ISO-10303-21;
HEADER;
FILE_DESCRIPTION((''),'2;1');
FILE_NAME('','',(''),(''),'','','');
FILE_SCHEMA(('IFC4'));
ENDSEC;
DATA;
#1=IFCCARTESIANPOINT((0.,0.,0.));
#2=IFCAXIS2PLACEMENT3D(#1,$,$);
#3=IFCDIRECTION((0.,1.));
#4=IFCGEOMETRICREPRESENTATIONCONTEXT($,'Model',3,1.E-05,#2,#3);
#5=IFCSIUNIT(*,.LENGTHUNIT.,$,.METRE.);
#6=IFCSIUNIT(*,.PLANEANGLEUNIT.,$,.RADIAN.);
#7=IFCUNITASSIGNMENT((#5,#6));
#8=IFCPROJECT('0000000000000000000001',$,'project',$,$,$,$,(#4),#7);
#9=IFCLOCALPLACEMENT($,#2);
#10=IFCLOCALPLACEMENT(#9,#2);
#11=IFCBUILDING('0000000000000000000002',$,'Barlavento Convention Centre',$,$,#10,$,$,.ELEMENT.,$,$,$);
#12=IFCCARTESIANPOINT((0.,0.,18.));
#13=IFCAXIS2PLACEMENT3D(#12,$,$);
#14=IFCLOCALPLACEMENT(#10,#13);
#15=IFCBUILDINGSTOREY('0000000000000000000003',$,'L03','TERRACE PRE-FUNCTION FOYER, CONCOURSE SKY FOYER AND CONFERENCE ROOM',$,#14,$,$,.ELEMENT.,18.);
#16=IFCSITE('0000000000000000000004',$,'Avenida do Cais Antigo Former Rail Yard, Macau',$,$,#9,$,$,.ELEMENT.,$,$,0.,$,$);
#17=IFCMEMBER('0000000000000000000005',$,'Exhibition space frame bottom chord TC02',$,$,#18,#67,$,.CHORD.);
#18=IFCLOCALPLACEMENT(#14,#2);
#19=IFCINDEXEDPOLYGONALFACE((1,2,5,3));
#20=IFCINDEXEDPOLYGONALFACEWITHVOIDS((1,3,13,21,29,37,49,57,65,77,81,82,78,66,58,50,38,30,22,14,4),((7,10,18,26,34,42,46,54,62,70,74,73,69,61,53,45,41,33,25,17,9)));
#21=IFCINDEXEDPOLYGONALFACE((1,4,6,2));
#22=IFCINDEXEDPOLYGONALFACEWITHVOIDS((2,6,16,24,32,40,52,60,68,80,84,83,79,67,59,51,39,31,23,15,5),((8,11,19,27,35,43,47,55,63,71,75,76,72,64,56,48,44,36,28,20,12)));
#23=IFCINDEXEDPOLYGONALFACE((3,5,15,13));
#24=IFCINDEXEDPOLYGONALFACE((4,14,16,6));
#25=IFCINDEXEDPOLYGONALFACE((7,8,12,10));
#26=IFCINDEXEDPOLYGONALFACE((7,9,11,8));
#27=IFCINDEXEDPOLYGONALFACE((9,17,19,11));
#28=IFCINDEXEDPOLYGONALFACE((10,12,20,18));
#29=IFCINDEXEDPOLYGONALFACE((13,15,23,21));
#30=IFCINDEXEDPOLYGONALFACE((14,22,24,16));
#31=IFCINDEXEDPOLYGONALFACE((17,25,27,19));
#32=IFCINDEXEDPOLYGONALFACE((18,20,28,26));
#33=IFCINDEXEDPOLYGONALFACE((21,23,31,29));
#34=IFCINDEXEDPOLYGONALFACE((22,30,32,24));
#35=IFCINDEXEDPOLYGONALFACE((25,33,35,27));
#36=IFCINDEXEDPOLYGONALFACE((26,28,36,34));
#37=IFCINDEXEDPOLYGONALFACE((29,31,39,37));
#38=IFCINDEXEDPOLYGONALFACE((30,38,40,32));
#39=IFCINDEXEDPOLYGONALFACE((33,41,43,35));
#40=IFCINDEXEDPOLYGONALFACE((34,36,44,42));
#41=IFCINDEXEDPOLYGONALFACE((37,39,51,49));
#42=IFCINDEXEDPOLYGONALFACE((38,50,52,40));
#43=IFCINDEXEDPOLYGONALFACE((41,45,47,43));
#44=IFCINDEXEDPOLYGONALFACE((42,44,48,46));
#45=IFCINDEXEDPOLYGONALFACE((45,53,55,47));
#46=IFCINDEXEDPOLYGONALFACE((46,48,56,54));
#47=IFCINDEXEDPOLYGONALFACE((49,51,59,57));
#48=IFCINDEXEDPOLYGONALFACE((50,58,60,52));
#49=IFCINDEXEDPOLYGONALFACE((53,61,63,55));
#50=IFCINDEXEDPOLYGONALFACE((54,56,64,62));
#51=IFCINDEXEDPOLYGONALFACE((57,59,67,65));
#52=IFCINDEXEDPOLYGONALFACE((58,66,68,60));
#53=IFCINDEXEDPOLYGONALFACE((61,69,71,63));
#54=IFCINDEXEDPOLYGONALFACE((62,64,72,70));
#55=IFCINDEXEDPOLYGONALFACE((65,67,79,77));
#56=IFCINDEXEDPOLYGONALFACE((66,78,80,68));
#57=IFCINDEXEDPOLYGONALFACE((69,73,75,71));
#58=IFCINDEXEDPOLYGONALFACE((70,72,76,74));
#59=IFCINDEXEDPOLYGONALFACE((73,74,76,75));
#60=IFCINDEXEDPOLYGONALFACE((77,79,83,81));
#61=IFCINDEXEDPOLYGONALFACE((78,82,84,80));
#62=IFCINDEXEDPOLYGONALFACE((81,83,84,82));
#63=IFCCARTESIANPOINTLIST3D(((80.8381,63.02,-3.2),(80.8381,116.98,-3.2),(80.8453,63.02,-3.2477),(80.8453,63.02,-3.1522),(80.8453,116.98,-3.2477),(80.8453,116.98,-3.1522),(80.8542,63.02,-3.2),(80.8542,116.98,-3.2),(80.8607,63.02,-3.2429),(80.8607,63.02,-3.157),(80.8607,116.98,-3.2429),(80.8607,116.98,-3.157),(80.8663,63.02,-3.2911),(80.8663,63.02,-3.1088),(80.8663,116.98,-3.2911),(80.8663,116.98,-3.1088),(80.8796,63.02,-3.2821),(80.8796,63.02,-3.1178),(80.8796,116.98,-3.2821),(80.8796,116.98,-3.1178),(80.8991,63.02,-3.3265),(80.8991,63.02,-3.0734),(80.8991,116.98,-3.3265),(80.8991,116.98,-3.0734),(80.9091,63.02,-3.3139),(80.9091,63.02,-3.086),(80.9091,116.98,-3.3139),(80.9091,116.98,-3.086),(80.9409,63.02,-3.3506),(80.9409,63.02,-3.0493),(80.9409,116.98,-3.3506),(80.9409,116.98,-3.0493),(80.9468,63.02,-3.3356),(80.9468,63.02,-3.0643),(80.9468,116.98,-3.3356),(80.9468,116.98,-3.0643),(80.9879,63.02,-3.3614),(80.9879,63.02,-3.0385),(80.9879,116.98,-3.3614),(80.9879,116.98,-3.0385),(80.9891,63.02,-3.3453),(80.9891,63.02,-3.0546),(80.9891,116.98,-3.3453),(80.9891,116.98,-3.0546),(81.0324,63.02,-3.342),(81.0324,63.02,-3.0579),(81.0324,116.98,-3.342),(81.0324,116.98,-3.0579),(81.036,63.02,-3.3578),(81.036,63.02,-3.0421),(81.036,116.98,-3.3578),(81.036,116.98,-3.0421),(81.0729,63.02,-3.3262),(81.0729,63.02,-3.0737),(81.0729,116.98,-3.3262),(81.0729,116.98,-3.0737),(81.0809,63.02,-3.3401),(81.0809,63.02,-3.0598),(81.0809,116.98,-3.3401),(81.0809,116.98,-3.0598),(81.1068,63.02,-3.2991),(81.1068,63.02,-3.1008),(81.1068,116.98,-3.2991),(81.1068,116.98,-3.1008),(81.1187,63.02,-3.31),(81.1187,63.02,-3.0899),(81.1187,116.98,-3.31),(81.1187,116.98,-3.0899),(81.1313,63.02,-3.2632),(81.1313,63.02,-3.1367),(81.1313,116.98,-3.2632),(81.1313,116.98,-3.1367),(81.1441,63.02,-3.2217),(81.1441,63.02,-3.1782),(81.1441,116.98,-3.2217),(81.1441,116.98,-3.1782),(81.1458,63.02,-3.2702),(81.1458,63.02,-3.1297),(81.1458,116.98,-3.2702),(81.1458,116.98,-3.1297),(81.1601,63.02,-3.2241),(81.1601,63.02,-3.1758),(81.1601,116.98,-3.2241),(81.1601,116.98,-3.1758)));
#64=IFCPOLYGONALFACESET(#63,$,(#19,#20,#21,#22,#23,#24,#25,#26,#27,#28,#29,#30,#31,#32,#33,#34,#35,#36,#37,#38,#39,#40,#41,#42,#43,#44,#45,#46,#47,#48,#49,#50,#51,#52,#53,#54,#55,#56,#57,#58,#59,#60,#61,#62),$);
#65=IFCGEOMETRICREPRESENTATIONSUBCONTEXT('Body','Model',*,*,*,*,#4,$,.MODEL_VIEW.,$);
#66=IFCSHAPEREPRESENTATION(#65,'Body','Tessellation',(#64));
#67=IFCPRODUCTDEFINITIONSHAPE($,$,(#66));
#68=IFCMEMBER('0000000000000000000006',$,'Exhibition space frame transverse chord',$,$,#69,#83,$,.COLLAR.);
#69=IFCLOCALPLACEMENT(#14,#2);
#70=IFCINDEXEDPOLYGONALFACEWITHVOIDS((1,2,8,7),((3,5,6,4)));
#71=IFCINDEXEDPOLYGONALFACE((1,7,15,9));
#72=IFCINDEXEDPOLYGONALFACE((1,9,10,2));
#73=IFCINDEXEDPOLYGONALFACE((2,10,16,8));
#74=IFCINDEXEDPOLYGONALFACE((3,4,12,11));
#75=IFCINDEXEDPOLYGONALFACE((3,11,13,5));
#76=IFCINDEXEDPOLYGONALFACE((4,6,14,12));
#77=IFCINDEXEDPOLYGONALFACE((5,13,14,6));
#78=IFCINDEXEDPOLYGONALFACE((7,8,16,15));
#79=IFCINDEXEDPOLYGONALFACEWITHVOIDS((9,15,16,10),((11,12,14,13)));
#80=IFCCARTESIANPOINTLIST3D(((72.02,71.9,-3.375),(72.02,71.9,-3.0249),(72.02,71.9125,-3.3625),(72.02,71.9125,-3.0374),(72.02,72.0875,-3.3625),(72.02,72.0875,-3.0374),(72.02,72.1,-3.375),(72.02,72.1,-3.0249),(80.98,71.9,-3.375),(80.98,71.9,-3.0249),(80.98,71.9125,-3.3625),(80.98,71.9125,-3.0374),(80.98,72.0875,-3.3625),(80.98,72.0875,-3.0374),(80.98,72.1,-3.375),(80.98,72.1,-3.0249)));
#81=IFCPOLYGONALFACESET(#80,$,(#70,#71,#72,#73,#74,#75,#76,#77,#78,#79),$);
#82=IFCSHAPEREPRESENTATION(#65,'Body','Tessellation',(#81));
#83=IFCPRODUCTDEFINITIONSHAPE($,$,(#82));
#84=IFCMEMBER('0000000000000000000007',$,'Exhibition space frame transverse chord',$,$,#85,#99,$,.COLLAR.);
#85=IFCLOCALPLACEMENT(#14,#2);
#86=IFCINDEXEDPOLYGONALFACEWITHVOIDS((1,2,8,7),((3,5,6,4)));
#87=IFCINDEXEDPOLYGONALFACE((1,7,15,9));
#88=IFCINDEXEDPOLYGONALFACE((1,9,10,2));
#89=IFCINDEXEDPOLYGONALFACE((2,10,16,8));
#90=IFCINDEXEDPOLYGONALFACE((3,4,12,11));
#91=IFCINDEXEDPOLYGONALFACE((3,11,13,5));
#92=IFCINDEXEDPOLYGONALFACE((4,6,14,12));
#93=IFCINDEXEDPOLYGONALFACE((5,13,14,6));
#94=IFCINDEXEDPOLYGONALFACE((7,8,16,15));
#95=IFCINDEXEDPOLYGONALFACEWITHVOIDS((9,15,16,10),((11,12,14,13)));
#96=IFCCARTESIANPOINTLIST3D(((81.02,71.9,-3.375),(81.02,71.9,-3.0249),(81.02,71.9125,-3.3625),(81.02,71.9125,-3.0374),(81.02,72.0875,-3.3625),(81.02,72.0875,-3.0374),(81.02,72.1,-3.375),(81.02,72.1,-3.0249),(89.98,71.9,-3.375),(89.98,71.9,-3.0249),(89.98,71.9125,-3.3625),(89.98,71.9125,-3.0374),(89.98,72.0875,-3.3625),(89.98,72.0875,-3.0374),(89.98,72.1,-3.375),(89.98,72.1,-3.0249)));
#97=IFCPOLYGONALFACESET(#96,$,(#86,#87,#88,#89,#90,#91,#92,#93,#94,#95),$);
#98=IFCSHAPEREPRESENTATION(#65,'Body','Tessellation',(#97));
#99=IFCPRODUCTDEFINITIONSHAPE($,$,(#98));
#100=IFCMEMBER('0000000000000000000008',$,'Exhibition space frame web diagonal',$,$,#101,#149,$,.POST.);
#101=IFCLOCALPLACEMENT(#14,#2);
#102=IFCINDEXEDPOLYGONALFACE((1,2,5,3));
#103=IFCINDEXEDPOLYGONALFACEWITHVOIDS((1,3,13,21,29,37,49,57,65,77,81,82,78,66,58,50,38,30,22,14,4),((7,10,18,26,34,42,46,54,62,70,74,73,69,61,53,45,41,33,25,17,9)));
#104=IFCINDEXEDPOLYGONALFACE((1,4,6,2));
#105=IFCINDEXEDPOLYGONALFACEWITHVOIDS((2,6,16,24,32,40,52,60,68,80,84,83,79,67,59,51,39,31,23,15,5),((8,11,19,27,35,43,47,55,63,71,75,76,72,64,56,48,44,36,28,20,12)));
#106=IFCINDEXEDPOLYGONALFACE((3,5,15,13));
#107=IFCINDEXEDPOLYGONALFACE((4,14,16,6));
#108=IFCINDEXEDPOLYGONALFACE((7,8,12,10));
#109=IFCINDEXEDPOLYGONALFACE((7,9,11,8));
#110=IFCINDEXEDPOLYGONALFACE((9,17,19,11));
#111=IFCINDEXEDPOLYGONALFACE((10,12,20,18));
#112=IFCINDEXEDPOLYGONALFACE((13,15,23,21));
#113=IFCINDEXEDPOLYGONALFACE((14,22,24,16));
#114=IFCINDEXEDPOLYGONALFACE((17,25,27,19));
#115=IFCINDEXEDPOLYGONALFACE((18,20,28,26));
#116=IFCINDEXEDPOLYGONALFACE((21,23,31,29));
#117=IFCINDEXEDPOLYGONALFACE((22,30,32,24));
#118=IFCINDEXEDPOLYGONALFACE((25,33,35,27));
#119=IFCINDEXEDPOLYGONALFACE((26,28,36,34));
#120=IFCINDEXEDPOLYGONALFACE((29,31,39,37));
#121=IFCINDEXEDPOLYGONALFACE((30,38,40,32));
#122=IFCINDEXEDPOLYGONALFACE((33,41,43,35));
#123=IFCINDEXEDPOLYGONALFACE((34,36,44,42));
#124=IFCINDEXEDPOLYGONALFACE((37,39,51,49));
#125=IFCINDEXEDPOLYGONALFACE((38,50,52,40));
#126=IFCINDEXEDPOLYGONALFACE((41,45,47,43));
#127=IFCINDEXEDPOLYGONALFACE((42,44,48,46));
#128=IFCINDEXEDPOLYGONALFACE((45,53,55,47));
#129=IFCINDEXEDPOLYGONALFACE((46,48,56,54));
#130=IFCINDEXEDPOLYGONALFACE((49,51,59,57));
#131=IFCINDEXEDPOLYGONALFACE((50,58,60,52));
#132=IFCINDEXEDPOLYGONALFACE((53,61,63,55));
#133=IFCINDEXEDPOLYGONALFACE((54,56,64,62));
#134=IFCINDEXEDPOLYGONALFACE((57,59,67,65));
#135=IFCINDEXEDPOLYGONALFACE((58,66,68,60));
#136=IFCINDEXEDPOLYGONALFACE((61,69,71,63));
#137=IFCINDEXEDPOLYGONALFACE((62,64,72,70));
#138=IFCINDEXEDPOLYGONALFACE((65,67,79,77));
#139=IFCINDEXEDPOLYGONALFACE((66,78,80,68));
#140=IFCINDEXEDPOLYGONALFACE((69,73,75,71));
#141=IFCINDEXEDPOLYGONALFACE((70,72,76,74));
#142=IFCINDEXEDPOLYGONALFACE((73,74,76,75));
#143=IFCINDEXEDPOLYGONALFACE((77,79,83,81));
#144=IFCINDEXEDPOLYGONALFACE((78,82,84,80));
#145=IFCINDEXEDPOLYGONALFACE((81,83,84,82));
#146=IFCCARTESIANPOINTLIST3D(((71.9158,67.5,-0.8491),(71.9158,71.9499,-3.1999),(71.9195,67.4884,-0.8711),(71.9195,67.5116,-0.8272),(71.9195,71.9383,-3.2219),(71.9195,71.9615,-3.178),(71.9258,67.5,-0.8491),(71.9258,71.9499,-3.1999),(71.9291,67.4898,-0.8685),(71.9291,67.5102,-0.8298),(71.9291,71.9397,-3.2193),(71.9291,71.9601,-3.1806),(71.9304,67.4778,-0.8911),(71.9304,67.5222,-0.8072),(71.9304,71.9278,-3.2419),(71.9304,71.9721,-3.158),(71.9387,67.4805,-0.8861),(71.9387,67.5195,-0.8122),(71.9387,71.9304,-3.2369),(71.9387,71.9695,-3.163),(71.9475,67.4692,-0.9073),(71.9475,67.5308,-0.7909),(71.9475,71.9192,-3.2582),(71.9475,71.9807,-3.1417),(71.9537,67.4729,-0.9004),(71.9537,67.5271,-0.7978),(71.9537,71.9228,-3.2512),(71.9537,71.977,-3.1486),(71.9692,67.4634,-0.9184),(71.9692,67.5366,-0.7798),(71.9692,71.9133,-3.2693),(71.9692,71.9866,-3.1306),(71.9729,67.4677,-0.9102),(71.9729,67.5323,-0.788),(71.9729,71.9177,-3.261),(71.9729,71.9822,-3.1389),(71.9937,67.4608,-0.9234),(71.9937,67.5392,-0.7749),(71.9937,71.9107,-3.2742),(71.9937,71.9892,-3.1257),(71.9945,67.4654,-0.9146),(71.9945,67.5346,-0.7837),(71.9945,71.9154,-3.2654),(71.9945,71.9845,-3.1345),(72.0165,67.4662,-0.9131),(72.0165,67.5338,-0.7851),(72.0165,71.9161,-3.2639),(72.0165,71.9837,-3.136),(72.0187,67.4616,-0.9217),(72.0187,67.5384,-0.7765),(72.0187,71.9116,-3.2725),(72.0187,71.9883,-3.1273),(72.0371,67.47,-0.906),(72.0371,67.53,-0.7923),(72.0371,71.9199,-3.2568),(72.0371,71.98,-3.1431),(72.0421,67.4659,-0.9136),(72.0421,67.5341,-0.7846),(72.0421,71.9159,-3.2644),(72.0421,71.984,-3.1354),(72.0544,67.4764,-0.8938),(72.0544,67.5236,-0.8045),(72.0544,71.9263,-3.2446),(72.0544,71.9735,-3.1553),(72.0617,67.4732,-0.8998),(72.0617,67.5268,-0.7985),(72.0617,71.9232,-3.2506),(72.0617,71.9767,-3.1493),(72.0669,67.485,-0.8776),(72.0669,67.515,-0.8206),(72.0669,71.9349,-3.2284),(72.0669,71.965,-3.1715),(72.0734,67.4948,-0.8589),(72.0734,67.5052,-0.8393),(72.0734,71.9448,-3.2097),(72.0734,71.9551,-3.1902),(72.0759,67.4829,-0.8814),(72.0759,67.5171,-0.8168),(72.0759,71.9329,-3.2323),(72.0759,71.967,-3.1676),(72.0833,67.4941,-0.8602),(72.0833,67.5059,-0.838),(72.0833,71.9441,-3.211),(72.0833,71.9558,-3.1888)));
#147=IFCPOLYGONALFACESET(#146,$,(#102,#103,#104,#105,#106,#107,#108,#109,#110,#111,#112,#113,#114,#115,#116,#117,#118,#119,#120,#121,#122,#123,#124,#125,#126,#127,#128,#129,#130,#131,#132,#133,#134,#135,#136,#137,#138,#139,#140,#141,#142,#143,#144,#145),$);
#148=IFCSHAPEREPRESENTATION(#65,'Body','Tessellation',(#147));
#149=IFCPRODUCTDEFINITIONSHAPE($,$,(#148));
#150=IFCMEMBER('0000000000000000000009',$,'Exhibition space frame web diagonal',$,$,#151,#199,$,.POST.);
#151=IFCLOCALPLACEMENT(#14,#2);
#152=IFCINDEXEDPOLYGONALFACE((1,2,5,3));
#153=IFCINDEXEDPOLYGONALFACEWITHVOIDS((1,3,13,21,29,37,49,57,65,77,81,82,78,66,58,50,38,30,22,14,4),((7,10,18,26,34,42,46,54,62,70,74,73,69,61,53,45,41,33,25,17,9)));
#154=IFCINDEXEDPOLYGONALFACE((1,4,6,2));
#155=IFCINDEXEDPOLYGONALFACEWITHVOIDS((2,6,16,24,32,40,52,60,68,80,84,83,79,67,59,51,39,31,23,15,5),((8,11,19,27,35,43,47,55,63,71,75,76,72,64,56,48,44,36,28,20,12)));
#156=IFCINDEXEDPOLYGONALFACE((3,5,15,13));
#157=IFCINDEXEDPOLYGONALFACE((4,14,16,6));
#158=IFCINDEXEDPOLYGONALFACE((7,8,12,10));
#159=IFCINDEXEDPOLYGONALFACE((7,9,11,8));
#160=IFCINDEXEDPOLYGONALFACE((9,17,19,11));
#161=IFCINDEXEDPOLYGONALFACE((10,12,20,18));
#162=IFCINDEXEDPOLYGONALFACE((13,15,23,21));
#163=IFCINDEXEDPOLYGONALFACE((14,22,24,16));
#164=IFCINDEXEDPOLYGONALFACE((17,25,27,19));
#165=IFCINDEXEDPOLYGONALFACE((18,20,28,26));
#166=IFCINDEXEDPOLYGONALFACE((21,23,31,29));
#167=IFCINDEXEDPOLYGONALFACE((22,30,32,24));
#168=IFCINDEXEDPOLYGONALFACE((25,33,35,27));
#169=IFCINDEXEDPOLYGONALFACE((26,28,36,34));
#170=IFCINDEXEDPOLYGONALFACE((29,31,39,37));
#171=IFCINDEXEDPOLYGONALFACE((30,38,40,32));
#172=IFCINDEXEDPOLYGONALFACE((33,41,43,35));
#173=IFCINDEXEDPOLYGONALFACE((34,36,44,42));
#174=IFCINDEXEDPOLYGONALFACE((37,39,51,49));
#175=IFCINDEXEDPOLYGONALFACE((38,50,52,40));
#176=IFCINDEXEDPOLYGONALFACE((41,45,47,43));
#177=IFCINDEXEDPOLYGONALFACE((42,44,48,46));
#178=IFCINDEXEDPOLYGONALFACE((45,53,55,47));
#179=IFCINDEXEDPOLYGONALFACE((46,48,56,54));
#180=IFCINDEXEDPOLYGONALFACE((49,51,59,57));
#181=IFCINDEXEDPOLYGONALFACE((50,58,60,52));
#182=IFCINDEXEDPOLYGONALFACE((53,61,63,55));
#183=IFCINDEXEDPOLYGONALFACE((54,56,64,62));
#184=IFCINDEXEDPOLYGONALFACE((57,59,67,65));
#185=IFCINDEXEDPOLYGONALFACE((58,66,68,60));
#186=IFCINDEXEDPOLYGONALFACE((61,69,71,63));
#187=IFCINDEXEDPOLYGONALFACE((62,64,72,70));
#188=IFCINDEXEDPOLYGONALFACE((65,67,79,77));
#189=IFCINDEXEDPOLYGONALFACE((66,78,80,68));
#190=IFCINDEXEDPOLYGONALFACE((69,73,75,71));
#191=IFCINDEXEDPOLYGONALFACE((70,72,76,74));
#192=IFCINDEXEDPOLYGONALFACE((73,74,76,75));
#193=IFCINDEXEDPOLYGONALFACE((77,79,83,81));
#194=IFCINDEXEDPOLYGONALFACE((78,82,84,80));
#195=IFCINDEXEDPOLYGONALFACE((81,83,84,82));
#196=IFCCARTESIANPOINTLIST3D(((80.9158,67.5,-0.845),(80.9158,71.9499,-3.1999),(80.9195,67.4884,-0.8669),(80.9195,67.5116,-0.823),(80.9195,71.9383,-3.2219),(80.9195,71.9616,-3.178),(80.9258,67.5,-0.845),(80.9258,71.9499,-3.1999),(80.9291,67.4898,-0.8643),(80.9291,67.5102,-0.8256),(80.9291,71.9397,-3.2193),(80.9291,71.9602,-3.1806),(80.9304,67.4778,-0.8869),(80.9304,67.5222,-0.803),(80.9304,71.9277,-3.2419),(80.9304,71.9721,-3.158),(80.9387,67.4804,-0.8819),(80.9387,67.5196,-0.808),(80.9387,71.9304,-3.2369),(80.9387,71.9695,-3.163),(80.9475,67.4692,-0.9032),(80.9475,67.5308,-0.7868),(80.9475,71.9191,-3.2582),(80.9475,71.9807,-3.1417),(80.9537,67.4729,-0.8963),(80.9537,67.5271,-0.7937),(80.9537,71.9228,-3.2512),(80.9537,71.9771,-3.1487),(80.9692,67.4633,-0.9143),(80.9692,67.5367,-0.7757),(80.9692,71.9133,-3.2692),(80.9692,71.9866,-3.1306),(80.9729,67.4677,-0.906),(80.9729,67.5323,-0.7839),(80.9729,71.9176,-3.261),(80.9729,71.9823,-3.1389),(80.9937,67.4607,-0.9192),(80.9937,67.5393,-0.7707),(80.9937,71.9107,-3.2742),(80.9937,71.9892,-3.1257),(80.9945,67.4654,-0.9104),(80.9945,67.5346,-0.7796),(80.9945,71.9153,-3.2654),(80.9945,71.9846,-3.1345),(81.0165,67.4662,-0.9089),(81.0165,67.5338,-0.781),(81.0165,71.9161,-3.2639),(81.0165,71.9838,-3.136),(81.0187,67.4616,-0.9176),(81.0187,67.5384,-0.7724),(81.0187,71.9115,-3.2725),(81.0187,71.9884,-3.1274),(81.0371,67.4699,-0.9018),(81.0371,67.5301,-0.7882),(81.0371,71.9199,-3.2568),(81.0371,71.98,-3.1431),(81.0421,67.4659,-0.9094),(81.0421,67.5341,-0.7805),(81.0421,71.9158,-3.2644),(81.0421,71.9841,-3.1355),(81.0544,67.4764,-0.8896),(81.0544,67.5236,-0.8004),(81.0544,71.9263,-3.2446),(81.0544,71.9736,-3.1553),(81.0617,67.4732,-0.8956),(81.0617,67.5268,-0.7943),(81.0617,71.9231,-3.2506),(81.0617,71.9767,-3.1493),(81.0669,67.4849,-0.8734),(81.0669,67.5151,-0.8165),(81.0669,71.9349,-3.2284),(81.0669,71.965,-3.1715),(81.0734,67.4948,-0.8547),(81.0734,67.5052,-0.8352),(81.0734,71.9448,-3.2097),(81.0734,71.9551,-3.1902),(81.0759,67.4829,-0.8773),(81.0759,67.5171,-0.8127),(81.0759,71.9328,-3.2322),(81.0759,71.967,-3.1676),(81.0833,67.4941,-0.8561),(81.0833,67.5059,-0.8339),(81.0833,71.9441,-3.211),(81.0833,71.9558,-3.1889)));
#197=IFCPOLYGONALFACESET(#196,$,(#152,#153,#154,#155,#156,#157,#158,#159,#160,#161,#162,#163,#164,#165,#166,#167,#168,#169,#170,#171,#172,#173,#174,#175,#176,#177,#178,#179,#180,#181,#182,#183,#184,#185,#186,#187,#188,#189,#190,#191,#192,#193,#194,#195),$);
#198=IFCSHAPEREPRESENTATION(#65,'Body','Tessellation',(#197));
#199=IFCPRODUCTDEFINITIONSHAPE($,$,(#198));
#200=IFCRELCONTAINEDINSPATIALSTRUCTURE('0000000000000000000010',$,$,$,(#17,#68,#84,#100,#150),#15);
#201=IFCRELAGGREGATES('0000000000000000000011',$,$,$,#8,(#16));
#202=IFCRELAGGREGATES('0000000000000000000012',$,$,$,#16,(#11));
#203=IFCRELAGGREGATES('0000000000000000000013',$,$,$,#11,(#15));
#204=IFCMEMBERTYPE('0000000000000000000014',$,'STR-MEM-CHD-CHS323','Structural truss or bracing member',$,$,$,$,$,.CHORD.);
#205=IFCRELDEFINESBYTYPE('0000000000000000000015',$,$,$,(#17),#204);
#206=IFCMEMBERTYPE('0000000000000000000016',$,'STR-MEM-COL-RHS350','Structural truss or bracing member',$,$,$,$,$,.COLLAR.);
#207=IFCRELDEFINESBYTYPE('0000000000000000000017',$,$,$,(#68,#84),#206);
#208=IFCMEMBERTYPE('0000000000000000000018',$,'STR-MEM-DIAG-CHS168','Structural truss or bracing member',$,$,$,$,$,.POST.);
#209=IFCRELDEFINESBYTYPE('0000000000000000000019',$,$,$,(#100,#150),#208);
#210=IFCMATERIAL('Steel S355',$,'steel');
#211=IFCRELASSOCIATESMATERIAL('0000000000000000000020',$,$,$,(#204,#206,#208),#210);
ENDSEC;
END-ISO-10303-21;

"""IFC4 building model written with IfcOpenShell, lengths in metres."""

from ifc_helpers import new_model, si_unit, direction, frame, origin, origin_2d, place, context, subcontext, project, spatial, hollow_rectangle, hollow_circle, extrude, material, material_profile, profile_set, type_object, element, save


model = new_model("IFC4")

# Units and contexts
model_context = context("Model", 3, precision=1e-05, world=origin(), true_north=direction((0.0, 1.0)))
body_context = subcontext(model_context, "Body", "Model", "MODEL_VIEW")
ifc_project = project(units=[si_unit("LENGTHUNIT", "METRE"), si_unit("PLANEANGLEUNIT", "RADIAN")], contexts=[model_context])

# Site, building, storey
site_placement = place(None, origin())
site = spatial("IfcSite", under=ifc_project, at=site_placement, Name="Avenida do Cais Antigo Former Rail Yard, Macau", CompositionType="ELEMENT", RefElevation=0.0)
building_placement = place(site_placement, origin())
building = spatial("IfcBuilding", under=site, at=building_placement, Name="Barlavento Convention Centre", CompositionType="ELEMENT")
storey_placement = place(building_placement, frame((0.0, 0.0, 18.0)))
storey = spatial("IfcBuildingStorey", under=building, at=storey_placement, Name="L03", Description="TERRACE PRE-FUNCTION FOYER, CONCOURSE SKY FOYER AND CONFERENCE ROOM", CompositionType="ELEMENT", Elevation=18.0)

# Shared definitions
ifc_material_1 = material(Name="Steel S355", Category="steel")

# Members
ifc_material_profile_1 = material_profile(ifc_material_1, hollow_circle(Radius=0.1619, WallThickness=0.0161, at=origin_2d()), Name="CHS 323.9x16.0")
ifc_profile_set_1 = profile_set([ifc_material_profile_1], Name="Steel S355")
member_type_1 = type_object("IfcMemberType", Name="STR-MEM-CHD-CHS323", Description="Structural truss or bracing member", PredefinedType="CHORD", material=ifc_profile_set_1)
for number, where, z_axis, x_axis, name in (
    (1, (81.0, 63.02, -3.2), (0.0, 1.0, 0.0), (-1.0, 0.0, 0.0), "Exhibition space frame bottom chord TC02"),
):
    element("IfcMember", number, at=place(storey_placement, frame(where, z_axis=z_axis, x_axis=x_axis)), inside=storey, type_object=member_type_1, Name=name, PredefinedType="CHORD", context=body_context, shape_type="SweptSolid", body=[
        extrude(hollow_circle(Radius=0.1619, WallThickness=0.0161, at=origin_2d()), origin(), (0.0, 0.0, 1.0), 53.96),
    ])
ifc_material_profile_2 = material_profile(ifc_material_1, hollow_rectangle(XDim=0.2, YDim=0.3501, WallThickness=0.0125, at=origin_2d()), Name="RHS 350x200x12.5")
ifc_profile_set_2 = profile_set([ifc_material_profile_2], Name="Steel S355")
member_type_2 = type_object("IfcMemberType", Name="STR-MEM-COL-RHS350", Description="Structural truss or bracing member", PredefinedType="COLLAR", material=ifc_profile_set_2)
for number, where, z_axis, x_axis, name in (
    (2, (72.02, 72.0, -3.2), (1.0, 0.0, 0.0), (0.0, 1.0, 0.0), "Exhibition space frame transverse chord"),
    (3, (81.02, 72.0, -3.2), (1.0, 0.0, 0.0), (0.0, 1.0, 0.0), "Exhibition space frame transverse chord"),
):
    element("IfcMember", number, at=place(storey_placement, frame(where, z_axis=z_axis, x_axis=x_axis)), inside=storey, type_object=member_type_2, Name=name, PredefinedType="COLLAR", context=body_context, shape_type="SweptSolid", body=[
        extrude(hollow_rectangle(XDim=0.2, YDim=0.3501, WallThickness=0.0125, at=origin_2d()), origin(), (0.0, 0.0, 1.0), 8.96),
    ])
ifc_material_profile_3 = material_profile(ifc_material_1, hollow_circle(Radius=0.0842, WallThickness=0.01, at=origin_2d()), Name="CHS 168.3x10.0")
ifc_profile_set_3 = profile_set([ifc_material_profile_3], Name="Steel S355")
member_type_3 = type_object("IfcMemberType", Name="STR-MEM-DIAG-CHS168", Description="Structural truss or bracing member", PredefinedType="POST", material=ifc_profile_set_3)
member_1_placement = place(storey_placement, frame((72.0, 67.5, -0.8491), z_axis=(0.0, 0.884201, -0.467107), x_axis=(-1.0, 0.0, 0.0)))
element("IfcMember", 4, at=member_1_placement, inside=storey, type_object=member_type_3, Name="Exhibition space frame web diagonal", PredefinedType="POST", context=body_context, shape_type="SweptSolid", body=[
    extrude(hollow_circle(Radius=0.0842, WallThickness=0.01, at=origin_2d()), origin(), (0.0, 0.0, 1.0), 5.0327),
])
member_2_placement = place(storey_placement, frame((81.0, 67.5, -0.845), z_axis=(0.0, 0.88386, -0.467752), x_axis=(-1.0, 0.0, 0.0)))
element("IfcMember", 5, at=member_2_placement, inside=storey, type_object=member_type_3, Name="Exhibition space frame web diagonal", PredefinedType="POST", context=body_context, shape_type="SweptSolid", body=[
    extrude(hollow_circle(Radius=0.0842, WallThickness=0.01, at=origin_2d()), origin(), (0.0, 0.0, 1.0), 5.0347),
])

save(model, "model.ifc")
